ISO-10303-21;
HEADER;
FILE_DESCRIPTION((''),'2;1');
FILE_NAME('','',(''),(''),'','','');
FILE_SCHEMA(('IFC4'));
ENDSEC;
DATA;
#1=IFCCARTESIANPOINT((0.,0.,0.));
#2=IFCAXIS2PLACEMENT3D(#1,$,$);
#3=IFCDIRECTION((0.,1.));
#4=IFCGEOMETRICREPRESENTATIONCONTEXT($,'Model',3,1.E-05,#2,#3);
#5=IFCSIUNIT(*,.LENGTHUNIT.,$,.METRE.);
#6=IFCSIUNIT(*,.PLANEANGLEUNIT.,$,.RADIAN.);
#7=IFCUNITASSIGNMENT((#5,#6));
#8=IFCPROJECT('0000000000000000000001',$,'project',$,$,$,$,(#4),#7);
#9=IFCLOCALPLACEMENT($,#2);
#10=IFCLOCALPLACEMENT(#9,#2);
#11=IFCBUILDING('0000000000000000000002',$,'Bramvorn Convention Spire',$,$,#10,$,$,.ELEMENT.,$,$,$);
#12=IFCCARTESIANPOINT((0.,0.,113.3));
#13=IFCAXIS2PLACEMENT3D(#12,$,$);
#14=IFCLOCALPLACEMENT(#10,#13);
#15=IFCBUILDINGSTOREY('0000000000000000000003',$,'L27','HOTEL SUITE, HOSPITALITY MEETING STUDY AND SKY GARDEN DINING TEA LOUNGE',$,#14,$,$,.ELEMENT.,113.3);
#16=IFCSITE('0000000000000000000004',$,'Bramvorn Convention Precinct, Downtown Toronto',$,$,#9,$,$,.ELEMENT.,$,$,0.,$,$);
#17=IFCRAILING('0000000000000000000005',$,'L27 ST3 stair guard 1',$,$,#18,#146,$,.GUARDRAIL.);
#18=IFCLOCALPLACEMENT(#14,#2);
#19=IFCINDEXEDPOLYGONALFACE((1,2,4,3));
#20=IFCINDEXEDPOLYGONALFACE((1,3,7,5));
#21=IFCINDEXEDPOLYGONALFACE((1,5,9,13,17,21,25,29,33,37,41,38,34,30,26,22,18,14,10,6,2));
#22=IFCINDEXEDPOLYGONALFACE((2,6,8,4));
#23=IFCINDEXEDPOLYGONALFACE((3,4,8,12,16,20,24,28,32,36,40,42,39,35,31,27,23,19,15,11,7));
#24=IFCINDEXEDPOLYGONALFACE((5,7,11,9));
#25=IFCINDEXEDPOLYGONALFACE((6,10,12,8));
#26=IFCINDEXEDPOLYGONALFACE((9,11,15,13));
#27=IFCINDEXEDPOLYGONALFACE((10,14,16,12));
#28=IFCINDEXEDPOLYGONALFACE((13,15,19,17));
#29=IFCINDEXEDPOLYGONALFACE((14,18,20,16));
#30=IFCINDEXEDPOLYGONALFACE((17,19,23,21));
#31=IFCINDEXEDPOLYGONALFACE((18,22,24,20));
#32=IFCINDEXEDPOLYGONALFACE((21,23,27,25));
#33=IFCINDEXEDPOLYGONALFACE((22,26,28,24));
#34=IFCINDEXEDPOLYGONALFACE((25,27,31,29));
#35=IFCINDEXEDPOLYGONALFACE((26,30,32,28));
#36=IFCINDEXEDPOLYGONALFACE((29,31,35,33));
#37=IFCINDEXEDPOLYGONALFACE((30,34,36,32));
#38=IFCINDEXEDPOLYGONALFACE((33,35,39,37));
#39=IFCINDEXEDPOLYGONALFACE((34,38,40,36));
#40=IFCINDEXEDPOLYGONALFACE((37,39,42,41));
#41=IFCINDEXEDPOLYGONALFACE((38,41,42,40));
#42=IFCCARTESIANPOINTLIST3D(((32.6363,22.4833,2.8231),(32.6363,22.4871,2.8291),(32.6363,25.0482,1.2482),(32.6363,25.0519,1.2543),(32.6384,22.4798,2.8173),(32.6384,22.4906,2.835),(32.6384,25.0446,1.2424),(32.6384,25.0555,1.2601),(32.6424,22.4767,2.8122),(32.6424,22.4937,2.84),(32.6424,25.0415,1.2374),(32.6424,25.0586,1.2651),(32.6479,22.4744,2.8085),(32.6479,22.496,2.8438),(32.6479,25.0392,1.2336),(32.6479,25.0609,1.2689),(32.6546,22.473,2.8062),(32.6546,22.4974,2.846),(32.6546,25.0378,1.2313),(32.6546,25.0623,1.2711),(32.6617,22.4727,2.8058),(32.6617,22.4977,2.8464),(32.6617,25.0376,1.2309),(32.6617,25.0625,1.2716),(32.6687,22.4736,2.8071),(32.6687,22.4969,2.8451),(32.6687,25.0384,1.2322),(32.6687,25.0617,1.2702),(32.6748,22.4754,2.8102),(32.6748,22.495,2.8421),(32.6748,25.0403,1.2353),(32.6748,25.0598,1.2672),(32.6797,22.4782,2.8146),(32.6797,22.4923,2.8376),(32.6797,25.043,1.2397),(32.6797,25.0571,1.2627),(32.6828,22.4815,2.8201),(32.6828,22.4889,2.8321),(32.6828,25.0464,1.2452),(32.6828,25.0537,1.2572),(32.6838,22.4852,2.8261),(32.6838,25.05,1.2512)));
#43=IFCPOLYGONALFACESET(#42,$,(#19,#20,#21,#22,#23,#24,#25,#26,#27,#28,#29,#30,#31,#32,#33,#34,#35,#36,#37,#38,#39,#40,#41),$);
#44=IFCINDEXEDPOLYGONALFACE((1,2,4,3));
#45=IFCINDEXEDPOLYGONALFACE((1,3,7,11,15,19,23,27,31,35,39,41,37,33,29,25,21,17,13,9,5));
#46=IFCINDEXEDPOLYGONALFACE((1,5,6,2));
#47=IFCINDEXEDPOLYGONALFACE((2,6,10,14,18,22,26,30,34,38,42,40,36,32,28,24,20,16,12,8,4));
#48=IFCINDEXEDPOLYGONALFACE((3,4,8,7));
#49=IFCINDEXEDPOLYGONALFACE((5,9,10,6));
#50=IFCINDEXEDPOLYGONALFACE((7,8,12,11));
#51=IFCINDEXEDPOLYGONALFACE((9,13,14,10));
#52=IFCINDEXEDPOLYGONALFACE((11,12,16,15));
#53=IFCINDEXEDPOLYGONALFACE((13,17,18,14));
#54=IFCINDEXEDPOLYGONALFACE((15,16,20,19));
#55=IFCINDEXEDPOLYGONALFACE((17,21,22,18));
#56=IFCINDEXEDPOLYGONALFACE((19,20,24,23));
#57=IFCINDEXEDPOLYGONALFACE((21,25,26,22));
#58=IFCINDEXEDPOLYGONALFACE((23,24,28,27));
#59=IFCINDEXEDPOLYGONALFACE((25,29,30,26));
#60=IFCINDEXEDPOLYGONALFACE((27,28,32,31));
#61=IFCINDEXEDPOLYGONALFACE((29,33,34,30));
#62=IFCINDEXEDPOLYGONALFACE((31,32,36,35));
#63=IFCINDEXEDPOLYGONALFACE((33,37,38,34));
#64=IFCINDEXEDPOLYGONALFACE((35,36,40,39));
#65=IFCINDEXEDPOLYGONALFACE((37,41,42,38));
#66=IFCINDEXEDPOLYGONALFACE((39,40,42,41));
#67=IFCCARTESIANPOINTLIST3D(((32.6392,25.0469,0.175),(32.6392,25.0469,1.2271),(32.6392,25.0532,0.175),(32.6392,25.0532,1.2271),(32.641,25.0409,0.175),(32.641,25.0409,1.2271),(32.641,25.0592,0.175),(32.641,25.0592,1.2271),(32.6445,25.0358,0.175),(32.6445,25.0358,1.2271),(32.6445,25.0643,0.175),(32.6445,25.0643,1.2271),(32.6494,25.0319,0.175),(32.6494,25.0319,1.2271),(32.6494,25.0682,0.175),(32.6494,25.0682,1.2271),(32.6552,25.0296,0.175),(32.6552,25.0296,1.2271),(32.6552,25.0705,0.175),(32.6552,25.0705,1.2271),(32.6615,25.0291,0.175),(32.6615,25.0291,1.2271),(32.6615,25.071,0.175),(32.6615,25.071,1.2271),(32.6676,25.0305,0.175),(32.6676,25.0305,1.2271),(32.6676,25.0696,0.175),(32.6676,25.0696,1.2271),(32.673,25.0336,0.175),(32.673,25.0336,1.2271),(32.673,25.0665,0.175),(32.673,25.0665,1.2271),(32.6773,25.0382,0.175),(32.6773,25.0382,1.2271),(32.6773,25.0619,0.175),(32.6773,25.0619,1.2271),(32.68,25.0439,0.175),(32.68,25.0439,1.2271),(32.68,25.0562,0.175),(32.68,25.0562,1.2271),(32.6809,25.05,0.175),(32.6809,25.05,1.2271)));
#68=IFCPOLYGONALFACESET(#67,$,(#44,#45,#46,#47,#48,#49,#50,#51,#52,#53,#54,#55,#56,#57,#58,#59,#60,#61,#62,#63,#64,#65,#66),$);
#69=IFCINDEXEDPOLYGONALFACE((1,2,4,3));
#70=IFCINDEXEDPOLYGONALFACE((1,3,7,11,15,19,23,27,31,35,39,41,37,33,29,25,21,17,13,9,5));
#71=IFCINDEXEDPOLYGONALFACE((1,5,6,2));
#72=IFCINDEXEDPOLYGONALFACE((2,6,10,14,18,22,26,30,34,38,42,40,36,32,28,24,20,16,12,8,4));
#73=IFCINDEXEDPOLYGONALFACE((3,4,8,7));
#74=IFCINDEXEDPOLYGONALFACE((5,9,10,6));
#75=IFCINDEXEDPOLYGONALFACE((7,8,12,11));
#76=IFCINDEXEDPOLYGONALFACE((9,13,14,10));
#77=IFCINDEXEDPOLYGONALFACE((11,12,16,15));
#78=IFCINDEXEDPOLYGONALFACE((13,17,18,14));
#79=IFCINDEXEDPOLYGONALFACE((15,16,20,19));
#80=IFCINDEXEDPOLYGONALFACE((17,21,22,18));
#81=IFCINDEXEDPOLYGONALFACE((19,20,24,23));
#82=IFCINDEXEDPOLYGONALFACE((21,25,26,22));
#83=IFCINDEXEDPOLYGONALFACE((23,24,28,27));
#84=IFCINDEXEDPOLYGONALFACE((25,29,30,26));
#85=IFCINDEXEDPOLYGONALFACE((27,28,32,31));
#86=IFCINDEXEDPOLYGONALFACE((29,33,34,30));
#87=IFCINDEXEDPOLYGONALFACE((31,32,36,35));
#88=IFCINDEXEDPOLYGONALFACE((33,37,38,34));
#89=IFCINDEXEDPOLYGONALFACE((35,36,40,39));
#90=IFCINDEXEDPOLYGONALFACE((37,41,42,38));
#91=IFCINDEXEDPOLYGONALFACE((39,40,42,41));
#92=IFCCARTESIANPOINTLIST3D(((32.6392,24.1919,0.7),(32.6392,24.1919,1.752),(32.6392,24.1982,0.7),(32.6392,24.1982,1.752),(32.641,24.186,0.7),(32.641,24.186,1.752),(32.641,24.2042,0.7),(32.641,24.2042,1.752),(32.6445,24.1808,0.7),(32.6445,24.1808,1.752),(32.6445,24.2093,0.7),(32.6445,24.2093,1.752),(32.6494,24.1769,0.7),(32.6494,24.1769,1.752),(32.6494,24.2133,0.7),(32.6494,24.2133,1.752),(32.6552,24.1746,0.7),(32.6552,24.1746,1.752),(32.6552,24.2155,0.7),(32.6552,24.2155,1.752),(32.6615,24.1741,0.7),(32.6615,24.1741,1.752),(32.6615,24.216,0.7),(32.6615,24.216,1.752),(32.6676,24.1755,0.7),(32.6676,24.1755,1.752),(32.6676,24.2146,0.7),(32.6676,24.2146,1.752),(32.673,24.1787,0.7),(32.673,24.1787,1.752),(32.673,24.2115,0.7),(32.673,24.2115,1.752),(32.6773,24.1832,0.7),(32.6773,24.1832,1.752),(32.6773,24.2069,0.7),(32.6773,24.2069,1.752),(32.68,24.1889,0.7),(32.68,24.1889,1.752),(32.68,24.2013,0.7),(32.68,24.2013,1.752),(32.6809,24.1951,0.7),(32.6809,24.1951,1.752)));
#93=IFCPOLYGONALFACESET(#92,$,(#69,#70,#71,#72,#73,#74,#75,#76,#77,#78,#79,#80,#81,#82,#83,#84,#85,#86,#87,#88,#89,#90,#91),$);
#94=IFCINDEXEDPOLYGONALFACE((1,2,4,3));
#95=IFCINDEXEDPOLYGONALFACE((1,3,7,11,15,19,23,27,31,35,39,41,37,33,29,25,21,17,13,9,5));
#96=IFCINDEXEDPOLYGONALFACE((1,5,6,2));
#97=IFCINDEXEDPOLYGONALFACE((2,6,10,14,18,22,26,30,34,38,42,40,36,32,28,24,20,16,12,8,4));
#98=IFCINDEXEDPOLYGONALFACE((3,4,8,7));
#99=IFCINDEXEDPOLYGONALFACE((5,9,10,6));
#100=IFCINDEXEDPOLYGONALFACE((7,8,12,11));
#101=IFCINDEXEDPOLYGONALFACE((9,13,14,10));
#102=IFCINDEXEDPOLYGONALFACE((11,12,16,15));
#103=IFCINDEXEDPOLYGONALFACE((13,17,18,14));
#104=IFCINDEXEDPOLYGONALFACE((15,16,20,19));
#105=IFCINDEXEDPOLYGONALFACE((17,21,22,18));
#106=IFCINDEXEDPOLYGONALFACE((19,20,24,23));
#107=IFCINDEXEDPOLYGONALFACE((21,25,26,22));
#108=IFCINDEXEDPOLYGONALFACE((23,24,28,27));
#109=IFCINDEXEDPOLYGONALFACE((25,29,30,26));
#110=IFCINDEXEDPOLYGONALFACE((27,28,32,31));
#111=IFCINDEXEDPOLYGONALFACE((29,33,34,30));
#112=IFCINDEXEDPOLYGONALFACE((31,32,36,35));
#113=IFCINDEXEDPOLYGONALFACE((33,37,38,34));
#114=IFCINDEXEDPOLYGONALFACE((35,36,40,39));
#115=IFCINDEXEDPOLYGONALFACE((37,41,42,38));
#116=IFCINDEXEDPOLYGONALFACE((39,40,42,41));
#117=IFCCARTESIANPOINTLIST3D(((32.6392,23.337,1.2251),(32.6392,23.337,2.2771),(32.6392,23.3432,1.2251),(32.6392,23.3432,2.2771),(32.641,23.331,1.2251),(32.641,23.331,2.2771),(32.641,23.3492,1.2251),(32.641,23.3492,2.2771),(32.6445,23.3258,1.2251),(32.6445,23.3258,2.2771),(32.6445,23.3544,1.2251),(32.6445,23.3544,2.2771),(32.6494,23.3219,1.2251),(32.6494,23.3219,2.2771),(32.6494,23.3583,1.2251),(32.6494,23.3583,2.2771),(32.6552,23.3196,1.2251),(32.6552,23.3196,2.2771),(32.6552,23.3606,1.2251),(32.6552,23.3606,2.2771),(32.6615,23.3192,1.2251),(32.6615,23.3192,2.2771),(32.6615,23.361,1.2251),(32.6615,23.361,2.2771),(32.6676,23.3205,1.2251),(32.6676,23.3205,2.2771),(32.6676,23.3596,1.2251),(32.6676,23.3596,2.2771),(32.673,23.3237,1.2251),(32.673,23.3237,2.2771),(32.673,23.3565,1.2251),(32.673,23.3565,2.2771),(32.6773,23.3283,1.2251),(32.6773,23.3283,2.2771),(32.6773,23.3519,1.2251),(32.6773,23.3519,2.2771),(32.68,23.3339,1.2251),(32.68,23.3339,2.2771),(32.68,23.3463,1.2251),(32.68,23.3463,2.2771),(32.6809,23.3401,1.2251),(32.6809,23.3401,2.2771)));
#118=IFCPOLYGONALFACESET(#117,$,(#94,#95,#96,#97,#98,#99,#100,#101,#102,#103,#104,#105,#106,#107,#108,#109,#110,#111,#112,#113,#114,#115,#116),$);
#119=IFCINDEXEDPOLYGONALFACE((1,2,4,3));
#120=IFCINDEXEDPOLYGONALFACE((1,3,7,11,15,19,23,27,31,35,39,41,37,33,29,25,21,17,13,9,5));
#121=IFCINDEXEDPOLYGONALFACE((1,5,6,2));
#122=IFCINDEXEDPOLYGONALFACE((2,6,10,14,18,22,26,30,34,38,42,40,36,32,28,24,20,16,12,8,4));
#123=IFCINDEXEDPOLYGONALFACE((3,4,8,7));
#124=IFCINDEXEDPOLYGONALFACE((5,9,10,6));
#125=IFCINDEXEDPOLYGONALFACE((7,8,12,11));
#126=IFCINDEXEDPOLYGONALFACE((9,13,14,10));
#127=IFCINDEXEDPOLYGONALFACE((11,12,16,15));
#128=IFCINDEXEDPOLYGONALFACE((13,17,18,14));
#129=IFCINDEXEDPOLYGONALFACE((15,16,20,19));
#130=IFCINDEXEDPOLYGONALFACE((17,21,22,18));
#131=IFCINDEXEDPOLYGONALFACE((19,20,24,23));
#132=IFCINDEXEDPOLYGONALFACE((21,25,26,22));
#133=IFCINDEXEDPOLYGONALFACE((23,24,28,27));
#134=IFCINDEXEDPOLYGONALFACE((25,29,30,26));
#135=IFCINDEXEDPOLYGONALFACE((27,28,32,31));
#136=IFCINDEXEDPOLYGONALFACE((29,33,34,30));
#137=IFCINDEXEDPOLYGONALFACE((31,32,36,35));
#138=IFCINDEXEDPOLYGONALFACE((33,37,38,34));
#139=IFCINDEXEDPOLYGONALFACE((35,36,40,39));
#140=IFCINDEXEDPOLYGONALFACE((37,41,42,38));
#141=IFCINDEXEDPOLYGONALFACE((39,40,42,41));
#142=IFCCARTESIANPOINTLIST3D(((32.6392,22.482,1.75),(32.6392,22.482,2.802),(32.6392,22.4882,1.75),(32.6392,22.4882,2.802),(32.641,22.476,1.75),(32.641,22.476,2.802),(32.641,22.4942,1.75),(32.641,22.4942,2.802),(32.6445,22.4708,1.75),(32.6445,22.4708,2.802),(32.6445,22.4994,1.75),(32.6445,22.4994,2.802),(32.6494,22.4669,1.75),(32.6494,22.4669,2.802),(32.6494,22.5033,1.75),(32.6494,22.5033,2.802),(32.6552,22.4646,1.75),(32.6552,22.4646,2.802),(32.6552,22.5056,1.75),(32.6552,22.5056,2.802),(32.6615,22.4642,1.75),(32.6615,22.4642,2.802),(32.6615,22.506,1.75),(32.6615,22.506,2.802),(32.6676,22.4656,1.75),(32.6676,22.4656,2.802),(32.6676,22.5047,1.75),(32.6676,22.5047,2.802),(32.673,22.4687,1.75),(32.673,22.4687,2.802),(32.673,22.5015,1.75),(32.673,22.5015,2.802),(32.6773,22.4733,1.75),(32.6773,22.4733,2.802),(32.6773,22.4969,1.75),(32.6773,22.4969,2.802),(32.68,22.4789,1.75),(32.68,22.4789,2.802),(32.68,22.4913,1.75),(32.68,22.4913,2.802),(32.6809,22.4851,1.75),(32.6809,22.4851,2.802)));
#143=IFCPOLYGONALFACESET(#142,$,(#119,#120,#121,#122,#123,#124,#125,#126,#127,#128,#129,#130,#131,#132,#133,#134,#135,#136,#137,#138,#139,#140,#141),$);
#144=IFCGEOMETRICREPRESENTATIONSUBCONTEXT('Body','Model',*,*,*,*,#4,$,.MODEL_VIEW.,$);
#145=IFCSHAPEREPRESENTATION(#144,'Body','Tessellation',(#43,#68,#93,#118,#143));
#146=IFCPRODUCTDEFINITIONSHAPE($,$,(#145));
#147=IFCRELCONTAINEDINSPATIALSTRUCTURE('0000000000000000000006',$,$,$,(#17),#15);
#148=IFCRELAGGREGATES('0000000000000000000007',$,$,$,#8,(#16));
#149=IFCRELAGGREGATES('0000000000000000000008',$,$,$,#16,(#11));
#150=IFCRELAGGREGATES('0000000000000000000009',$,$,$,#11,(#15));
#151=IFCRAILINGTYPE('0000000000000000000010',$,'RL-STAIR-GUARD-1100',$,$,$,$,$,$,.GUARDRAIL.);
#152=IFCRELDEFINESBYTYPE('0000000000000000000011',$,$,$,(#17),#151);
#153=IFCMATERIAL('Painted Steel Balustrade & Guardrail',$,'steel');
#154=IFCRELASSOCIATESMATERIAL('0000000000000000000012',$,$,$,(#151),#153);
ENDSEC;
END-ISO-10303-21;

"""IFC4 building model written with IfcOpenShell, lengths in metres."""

from ifc_helpers import new_model, si_unit, direction, frame, origin, origin_2d, place, context, subcontext, project, spatial, circle, extrude, material, type_object, element, save


model = new_model("IFC4")

# Units and contexts
model_context = context("Model", 3, precision=1e-05, world=origin(), true_north=direction((0.0, 1.0)))
body_context = subcontext(model_context, "Body", "Model", "MODEL_VIEW")
ifc_project = project(units=[si_unit("LENGTHUNIT", "METRE"), si_unit("PLANEANGLEUNIT", "RADIAN")], contexts=[model_context])

# Site, building, storey
site_placement = place(None, origin())
site = spatial("IfcSite", under=ifc_project, at=site_placement, Name="Bramvorn Convention Precinct, Downtown Toronto", CompositionType="ELEMENT", RefElevation=0.0)
building_placement = place(site_placement, origin())
building = spatial("IfcBuilding", under=site, at=building_placement, Name="Bramvorn Convention Spire", CompositionType="ELEMENT")
storey_placement = place(building_placement, frame((0.0, 0.0, 113.3)))
storey = spatial("IfcBuildingStorey", under=building, at=storey_placement, Name="L27", Description="HOTEL SUITE, HOSPITALITY MEETING STUDY AND SKY GARDEN DINING TEA LOUNGE", CompositionType="ELEMENT", Elevation=113.3)

# Railing
ifc_material_1 = material(Name="Painted Steel Balustrade & Guardrail", Category="steel")
railing_type_1 = type_object("IfcRailingType", Name="RL-STAIR-GUARD-1100", PredefinedType="GUARDRAIL", material=ifc_material_1)
railing_1_placement = place(storey_placement, frame((32.6599, 25.05, 0.175)))
element("IfcRailing", 1, at=railing_1_placement, inside=storey, type_object=railing_type_1, Name="L27 ST3 stair guard 1", PredefinedType="GUARDRAIL", context=body_context, shape_type="SweptSolid", body=[
    extrude(circle(Radius=0.0239, at=origin_2d()), frame((0.0, 0.0, 1.0762), z_axis=(0.0, -0.852173, 0.52326), x_axis=(1.0, 0.0, 0.0)), (0.0, 0.0, 1.0), 3.0098),
    extrude(circle(Radius=0.021, at=origin_2d()), origin(), (0.0, 0.0, 1.0), 1.052),
    extrude(circle(Radius=0.021, at=origin_2d()), frame((0.0, -0.855, 0.5249)), (0.0, 0.0, 1.0), 1.052),
    extrude(circle(Radius=0.021, at=origin_2d()), frame((0.0, -1.71, 1.05)), (0.0, 0.0, 1.0), 1.052),
    extrude(circle(Radius=0.021, at=origin_2d()), frame((0.0, -2.5649, 1.575)), (0.0, 0.0, 1.0), 1.052),
])

save(model, "model.ifc")
